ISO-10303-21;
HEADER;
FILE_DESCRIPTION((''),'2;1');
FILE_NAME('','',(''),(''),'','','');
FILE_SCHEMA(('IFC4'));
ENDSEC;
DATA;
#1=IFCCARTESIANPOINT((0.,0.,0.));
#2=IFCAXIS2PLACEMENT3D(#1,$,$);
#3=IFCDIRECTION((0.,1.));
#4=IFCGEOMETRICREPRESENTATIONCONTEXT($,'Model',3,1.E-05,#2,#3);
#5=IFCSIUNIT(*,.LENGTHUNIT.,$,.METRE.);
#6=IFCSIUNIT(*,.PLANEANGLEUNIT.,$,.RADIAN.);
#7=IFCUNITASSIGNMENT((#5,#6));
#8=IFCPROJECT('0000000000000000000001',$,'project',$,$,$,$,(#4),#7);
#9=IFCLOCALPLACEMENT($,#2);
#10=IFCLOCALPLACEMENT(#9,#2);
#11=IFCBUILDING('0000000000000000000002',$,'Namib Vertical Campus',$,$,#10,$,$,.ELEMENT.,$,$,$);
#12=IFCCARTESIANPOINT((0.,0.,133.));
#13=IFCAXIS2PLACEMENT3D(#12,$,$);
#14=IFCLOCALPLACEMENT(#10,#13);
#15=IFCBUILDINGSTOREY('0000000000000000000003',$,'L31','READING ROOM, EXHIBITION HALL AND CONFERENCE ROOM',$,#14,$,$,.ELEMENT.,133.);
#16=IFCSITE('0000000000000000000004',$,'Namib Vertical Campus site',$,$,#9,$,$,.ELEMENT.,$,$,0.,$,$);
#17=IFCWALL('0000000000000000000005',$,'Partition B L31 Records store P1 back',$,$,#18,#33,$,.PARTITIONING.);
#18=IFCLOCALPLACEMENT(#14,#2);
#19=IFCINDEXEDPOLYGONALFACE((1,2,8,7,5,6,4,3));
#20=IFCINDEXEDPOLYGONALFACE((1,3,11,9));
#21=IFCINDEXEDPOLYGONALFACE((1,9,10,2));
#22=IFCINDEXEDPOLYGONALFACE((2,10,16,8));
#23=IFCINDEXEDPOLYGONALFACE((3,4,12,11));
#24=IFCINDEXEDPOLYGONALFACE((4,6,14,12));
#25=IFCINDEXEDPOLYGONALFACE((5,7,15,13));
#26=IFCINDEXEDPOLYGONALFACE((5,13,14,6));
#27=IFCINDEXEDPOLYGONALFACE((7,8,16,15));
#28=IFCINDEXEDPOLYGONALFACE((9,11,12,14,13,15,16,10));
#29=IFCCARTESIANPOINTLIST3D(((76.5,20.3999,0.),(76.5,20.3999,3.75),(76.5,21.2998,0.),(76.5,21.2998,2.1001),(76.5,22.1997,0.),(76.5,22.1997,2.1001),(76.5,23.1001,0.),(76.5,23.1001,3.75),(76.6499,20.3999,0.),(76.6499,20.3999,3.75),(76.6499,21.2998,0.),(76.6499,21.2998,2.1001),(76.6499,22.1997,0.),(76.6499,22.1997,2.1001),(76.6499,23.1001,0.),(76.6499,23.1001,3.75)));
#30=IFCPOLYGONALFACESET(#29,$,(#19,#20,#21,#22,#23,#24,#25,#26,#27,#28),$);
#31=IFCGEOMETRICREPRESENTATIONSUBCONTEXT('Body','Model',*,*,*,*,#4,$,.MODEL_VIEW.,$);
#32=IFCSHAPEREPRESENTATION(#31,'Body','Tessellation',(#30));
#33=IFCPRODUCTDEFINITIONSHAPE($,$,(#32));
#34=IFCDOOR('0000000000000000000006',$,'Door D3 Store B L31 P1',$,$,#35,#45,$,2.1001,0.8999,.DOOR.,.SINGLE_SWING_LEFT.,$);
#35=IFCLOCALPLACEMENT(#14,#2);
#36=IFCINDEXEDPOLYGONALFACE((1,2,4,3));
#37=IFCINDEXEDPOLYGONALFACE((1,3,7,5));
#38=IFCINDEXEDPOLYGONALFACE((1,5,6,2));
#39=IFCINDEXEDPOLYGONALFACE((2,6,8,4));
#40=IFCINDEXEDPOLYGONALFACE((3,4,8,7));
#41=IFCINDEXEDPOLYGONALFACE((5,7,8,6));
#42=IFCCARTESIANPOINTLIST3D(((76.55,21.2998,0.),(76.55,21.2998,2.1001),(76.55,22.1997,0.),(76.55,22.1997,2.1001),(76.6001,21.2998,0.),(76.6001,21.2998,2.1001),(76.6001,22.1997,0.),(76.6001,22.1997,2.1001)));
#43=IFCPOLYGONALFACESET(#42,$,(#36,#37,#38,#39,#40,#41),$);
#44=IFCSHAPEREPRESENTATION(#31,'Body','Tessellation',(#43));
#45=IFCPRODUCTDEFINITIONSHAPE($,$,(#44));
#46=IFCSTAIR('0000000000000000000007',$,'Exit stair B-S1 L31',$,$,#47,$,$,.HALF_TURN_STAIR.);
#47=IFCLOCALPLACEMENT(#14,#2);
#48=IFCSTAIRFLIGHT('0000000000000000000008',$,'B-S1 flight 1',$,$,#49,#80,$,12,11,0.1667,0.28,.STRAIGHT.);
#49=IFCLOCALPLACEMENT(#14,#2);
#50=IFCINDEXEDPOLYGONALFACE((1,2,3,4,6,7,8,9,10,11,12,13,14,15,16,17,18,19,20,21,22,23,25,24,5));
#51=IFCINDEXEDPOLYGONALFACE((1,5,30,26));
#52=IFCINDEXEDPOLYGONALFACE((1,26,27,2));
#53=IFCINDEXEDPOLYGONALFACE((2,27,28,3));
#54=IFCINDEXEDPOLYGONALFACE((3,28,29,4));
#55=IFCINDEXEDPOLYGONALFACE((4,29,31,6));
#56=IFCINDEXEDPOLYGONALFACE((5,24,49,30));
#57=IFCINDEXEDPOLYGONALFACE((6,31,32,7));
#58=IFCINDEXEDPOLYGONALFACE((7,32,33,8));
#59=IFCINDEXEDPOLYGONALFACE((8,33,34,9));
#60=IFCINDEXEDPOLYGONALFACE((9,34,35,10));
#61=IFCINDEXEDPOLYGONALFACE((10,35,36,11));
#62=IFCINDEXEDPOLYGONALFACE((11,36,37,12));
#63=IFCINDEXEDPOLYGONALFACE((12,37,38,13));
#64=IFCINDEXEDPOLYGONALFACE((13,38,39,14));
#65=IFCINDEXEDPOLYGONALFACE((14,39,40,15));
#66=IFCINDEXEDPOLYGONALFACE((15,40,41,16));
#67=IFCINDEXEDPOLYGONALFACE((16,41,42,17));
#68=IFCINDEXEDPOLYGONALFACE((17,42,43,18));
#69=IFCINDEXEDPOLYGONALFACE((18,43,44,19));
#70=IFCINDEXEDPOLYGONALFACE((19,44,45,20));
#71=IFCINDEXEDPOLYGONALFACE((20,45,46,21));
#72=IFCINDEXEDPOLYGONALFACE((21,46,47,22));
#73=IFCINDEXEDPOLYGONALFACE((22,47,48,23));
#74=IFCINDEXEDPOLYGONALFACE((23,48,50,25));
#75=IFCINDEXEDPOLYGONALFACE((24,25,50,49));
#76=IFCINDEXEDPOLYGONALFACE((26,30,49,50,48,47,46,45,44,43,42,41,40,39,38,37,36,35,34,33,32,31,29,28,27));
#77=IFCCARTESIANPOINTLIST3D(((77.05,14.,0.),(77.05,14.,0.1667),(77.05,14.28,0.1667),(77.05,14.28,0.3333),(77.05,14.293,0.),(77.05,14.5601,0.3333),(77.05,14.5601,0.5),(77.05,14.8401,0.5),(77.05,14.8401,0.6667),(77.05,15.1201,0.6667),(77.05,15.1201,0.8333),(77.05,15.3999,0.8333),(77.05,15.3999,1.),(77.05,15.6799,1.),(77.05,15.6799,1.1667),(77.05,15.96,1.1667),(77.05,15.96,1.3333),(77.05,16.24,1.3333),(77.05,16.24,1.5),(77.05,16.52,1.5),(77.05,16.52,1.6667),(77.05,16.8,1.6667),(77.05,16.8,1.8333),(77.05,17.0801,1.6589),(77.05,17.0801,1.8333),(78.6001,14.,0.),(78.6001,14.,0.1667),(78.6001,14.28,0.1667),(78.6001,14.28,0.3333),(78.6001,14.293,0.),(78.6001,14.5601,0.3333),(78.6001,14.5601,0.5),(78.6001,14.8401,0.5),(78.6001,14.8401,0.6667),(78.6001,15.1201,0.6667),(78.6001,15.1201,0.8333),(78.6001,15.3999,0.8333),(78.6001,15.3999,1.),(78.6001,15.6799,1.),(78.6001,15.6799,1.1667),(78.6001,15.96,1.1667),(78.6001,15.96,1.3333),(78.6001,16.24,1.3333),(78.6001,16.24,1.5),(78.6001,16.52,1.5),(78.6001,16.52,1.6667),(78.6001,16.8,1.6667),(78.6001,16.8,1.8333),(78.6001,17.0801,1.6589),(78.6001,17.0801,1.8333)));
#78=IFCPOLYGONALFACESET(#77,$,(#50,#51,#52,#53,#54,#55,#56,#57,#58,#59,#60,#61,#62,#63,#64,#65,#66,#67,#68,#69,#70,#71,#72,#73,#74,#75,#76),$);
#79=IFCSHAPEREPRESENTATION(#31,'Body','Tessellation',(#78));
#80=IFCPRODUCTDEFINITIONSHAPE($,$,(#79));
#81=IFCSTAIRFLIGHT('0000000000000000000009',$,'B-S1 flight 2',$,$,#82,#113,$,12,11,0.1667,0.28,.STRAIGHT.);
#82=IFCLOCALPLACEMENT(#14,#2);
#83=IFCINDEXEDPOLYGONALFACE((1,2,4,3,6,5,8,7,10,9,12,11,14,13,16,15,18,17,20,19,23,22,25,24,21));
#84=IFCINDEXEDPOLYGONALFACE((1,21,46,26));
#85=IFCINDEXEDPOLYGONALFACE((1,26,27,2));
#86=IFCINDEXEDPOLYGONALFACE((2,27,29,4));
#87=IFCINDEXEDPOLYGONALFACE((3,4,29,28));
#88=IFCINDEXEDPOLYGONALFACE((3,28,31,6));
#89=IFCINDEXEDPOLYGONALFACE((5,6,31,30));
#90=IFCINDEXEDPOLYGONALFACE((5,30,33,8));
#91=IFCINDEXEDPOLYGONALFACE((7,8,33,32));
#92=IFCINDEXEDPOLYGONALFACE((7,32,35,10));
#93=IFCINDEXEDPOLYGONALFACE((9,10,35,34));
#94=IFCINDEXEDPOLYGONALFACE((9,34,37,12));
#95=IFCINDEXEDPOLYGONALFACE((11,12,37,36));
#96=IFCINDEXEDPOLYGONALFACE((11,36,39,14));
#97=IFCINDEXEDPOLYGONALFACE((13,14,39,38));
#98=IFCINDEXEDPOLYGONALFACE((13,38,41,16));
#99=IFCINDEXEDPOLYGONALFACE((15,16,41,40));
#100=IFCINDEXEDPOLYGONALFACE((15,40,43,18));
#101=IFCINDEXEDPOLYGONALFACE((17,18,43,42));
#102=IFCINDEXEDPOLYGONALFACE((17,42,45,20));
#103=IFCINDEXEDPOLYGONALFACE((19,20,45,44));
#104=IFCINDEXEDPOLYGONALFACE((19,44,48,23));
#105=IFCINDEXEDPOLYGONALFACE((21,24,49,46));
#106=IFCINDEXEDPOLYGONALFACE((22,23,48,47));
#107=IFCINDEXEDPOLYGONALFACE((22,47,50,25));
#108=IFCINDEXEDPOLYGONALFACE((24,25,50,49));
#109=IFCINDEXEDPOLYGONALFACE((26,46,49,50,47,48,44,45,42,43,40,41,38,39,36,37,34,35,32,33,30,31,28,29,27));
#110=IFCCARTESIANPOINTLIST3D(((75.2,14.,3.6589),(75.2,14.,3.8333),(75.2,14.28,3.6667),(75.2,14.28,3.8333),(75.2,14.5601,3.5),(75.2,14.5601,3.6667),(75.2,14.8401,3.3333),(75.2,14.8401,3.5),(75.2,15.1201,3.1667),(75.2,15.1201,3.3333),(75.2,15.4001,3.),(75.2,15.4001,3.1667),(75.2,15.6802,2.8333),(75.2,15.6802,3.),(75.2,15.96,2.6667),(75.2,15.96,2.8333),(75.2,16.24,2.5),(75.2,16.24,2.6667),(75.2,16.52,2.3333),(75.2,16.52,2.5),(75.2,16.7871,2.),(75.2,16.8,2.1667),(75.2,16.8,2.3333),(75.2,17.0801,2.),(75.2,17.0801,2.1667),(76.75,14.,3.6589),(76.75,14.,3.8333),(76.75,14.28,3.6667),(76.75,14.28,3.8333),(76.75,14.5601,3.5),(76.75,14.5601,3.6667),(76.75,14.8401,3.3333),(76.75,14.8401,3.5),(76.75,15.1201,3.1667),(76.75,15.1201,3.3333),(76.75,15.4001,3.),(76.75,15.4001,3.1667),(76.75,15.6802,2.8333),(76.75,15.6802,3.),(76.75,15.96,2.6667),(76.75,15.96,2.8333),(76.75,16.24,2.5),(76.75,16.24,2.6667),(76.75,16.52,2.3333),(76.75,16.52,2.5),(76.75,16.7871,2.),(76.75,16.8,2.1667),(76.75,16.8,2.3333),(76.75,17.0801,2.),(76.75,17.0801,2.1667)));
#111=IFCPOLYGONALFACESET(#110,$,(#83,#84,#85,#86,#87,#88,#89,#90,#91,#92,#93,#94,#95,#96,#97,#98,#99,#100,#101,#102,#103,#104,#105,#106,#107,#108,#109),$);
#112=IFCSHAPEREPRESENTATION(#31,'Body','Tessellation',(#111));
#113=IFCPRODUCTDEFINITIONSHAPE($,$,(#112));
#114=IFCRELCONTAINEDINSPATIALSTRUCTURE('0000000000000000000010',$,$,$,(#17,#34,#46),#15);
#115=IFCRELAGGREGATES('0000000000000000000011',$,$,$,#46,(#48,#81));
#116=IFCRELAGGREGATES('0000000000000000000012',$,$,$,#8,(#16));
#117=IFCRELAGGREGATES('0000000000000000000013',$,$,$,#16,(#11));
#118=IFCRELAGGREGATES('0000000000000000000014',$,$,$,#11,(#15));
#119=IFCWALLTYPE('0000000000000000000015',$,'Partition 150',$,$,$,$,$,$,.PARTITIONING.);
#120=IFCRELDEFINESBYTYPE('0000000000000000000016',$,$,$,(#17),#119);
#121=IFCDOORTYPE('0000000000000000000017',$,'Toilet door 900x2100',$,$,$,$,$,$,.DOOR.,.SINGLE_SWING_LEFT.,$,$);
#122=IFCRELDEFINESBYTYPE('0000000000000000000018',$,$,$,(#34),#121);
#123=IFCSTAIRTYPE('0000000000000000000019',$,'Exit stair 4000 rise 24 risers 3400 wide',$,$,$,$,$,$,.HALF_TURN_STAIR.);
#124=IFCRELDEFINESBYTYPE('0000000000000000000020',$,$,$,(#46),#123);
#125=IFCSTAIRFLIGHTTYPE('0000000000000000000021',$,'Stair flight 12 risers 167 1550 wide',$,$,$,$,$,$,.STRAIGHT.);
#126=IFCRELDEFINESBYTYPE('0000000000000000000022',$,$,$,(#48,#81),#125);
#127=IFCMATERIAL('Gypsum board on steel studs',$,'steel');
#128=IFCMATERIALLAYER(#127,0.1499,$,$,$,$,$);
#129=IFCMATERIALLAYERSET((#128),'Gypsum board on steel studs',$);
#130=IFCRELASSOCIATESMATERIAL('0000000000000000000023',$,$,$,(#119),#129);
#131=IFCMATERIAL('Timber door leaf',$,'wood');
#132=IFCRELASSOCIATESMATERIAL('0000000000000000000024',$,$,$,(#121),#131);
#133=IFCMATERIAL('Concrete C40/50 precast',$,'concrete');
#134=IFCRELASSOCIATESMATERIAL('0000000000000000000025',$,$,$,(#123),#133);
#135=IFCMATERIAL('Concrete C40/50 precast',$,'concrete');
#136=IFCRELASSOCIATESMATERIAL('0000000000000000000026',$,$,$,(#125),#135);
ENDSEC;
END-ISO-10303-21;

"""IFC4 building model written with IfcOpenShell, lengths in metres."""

from ifc_helpers import new_model, si_unit, direction, frame, frame_2d, origin, place, context, subcontext, project, spatial, polyline, rectangle, outline, extrude, material, layer, layer_set, type_object, element, fill, aggregate, save


model = new_model("IFC4")

# Units and contexts
model_context = context("Model", 3, precision=1e-05, world=origin(), true_north=direction((0.0, 1.0)))
body_context = subcontext(model_context, "Body", "Model", "MODEL_VIEW")
ifc_project = project(units=[si_unit("LENGTHUNIT", "METRE"), si_unit("PLANEANGLEUNIT", "RADIAN")], contexts=[model_context])

# Site, building, storey
site_placement = place(None, origin())
site = spatial("IfcSite", under=ifc_project, at=site_placement, Name="Namib Vertical Campus site", CompositionType="ELEMENT", RefElevation=0.0)
building_placement = place(site_placement, origin())
building = spatial("IfcBuilding", under=site, at=building_placement, Name="Namib Vertical Campus", CompositionType="ELEMENT")
storey_placement = place(building_placement, frame((0.0, 0.0, 133.0)))
storey = spatial("IfcBuildingStorey", under=building, at=storey_placement, Name="L31", Description="READING ROOM, EXHIBITION HALL AND CONFERENCE ROOM", CompositionType="ELEMENT", Elevation=133.0)

# Wall, opening, door
ifc_material_1 = material(Name="Gypsum board on steel studs", Category="steel")
ifc_layer_1 = layer(ifc_material_1, 0.1499)
ifc_layer_set_1 = layer_set([ifc_layer_1], Name="Gypsum board on steel studs")
wall_type_1 = type_object("IfcWallType", Name="Partition 150", PredefinedType="PARTITIONING", material=ifc_layer_set_1)
wall_1_placement = place(storey_placement, frame((76.575, 20.3999, 0.0), z_axis=(0.0, 0.0, 1.0), x_axis=(0.0, 1.0, 0.0)))
wall_1 = element("IfcWall", 1, at=wall_1_placement, inside=storey, type_object=wall_type_1, Name="Partition B L31 Records store P1 back", PredefinedType="PARTITIONING", context=body_context, shape_type="SweptSolid", body=[
    extrude(rectangle(XDim=2.7002, YDim=0.1499, at=frame_2d((1.3501, 0.0))), origin(), (0.0, 0.0, 1.0), 3.75),
])
opening_1_placement = place(wall_1_placement, frame((0.8999, 0.0, 0.0)))
opening_1 = element("IfcOpeningElement", 2, at=opening_1_placement, cuts=wall_1, PredefinedType="OPENING", context=body_context, shape_type="SweptSolid", body=[
    extrude(rectangle(XDim=0.8999, YDim=2.1001, at=frame_2d((0.45, 1.05))), frame((0.0, 0.085, 0.0), z_axis=(0.0, -1.0, 0.0), x_axis=(1.0, 0.0, 0.0)), (0.0, 0.0, 1.0), 0.1699),
])
ifc_material_2 = material(Name="Timber door leaf", Category="wood")
door_type_1 = type_object("IfcDoorType", Name="Toilet door 900x2100", OperationType="SINGLE_SWING_LEFT", PredefinedType="DOOR", material=ifc_material_2)
door_1_placement = place(opening_1_placement, origin())
door_1 = element("IfcDoor", 3, at=door_1_placement, inside=storey, type_object=door_type_1, Name="Door D3 Store B L31 P1", OperationType="SINGLE_SWING_LEFT", OverallHeight=2.1001, OverallWidth=0.8999, PredefinedType="DOOR", context=body_context, shape_type="SweptSolid", body=[
    extrude(rectangle(XDim=0.8999, YDim=2.1001, at=frame_2d((0.45, 1.05))), frame((0.0, 0.0249, 0.0), z_axis=(0.0, -1.0, 0.0), x_axis=(1.0, 0.0, 0.0)), (0.0, 0.0, 1.0), 0.05),
])
fill(opening_1, door_1)

# Stair, stair flights
ifc_material_3 = material(Name="Concrete C40/50 precast", Category="concrete")
stair_type = type_object("IfcStairType", Name="Exit stair 4000 rise 24 risers 3400 wide", PredefinedType="HALF_TURN_STAIR", material=ifc_material_3)
stair_placement = place(storey_placement, origin())
stair = element("IfcStair", 4, at=stair_placement, inside=storey, type_object=stair_type, Name="Exit stair B-S1 L31", PredefinedType="HALF_TURN_STAIR")
ifc_material_4 = material(Name="Concrete C40/50 precast", Category="concrete")
stair_flight_type = type_object("IfcStairFlightType", Name="Stair flight 12 risers 167 1550 wide", PredefinedType="STRAIGHT", material=ifc_material_4)
stair_flight_1_placement = place(storey_placement, frame((77.825, 14.0, 0.0), z_axis=(0.0, 0.0, 1.0), x_axis=(0.0, 1.0, 0.0)))
stair_flight_1 = element("IfcStairFlight", 5, at=stair_flight_1_placement, type_object=stair_flight_type, Name="B-S1 flight 1", NumberOfRisers=12, NumberOfTreads=11, PredefinedType="STRAIGHT", RiserHeight=0.1667, TreadLength=0.28, context=body_context, shape_type="SweptSolid", body=[
    extrude(outline(polyline([(0.0, 0.0), (0.0, 0.1667), (0.28, 0.1667), (0.28, 0.3333), (0.5601, 0.3333), (0.5601, 0.5), (0.8401, 0.5), (0.8401, 0.6667), (1.1201, 0.6667), (1.1201, 0.8333), (1.3999, 0.8333), (1.3999, 1.0), (1.6799, 1.0), (1.6799, 1.1667), (1.96, 1.1667), (1.96, 1.3333), (2.24, 1.3333), (2.24, 1.5), (2.52, 1.5), (2.52, 1.6667), (2.8, 1.6667), (2.8, 1.8333), (3.0801, 1.8333), (3.0801, 2.0), (3.0801, 1.6589), (0.293, 0.0), (0.0, 0.0)])), frame((0.0, 0.7749, 0.0), z_axis=(0.0, -1.0, 0.0), x_axis=(1.0, 0.0, 0.0)), (0.0, 0.0, 1.0), 1.55),
])
stair_flight_2_placement = place(storey_placement, frame((75.9751, 17.0801, 2.0), z_axis=(0.0, 0.0, 1.0), x_axis=(0.0, -1.0, 0.0)))
stair_flight_2 = element("IfcStairFlight", 6, at=stair_flight_2_placement, type_object=stair_flight_type, Name="B-S1 flight 2", NumberOfRisers=12, NumberOfTreads=11, PredefinedType="STRAIGHT", RiserHeight=0.1667, TreadLength=0.28, context=body_context, shape_type="SweptSolid", body=[
    extrude(outline(polyline([(0.0, 0.0), (0.0, 0.1667), (0.28, 0.1667), (0.28, 0.3333), (0.5601, 0.3333), (0.5601, 0.5), (0.8401, 0.5), (0.8401, 0.6667), (1.1201, 0.6667), (1.1201, 0.8333), (1.3999, 0.8333), (1.3999, 1.0), (1.6799, 1.0), (1.6799, 1.1667), (1.96, 1.1667), (1.96, 1.3333), (2.24, 1.3333), (2.24, 1.5), (2.52, 1.5), (2.52, 1.6667), (2.8, 1.6667), (2.8, 1.8333), (3.0801, 1.8333), (3.0801, 2.0), (3.0801, 1.6589), (0.293, 0.0), (0.0, 0.0)])), frame((0.0, 0.7749, 0.0), z_axis=(0.0, -1.0, 0.0), x_axis=(1.0, 0.0, 0.0)), (0.0, 0.0, 1.0), 1.55),
])
aggregate(stair, [stair_flight_1, stair_flight_2])

save(model, "model.ifc")
